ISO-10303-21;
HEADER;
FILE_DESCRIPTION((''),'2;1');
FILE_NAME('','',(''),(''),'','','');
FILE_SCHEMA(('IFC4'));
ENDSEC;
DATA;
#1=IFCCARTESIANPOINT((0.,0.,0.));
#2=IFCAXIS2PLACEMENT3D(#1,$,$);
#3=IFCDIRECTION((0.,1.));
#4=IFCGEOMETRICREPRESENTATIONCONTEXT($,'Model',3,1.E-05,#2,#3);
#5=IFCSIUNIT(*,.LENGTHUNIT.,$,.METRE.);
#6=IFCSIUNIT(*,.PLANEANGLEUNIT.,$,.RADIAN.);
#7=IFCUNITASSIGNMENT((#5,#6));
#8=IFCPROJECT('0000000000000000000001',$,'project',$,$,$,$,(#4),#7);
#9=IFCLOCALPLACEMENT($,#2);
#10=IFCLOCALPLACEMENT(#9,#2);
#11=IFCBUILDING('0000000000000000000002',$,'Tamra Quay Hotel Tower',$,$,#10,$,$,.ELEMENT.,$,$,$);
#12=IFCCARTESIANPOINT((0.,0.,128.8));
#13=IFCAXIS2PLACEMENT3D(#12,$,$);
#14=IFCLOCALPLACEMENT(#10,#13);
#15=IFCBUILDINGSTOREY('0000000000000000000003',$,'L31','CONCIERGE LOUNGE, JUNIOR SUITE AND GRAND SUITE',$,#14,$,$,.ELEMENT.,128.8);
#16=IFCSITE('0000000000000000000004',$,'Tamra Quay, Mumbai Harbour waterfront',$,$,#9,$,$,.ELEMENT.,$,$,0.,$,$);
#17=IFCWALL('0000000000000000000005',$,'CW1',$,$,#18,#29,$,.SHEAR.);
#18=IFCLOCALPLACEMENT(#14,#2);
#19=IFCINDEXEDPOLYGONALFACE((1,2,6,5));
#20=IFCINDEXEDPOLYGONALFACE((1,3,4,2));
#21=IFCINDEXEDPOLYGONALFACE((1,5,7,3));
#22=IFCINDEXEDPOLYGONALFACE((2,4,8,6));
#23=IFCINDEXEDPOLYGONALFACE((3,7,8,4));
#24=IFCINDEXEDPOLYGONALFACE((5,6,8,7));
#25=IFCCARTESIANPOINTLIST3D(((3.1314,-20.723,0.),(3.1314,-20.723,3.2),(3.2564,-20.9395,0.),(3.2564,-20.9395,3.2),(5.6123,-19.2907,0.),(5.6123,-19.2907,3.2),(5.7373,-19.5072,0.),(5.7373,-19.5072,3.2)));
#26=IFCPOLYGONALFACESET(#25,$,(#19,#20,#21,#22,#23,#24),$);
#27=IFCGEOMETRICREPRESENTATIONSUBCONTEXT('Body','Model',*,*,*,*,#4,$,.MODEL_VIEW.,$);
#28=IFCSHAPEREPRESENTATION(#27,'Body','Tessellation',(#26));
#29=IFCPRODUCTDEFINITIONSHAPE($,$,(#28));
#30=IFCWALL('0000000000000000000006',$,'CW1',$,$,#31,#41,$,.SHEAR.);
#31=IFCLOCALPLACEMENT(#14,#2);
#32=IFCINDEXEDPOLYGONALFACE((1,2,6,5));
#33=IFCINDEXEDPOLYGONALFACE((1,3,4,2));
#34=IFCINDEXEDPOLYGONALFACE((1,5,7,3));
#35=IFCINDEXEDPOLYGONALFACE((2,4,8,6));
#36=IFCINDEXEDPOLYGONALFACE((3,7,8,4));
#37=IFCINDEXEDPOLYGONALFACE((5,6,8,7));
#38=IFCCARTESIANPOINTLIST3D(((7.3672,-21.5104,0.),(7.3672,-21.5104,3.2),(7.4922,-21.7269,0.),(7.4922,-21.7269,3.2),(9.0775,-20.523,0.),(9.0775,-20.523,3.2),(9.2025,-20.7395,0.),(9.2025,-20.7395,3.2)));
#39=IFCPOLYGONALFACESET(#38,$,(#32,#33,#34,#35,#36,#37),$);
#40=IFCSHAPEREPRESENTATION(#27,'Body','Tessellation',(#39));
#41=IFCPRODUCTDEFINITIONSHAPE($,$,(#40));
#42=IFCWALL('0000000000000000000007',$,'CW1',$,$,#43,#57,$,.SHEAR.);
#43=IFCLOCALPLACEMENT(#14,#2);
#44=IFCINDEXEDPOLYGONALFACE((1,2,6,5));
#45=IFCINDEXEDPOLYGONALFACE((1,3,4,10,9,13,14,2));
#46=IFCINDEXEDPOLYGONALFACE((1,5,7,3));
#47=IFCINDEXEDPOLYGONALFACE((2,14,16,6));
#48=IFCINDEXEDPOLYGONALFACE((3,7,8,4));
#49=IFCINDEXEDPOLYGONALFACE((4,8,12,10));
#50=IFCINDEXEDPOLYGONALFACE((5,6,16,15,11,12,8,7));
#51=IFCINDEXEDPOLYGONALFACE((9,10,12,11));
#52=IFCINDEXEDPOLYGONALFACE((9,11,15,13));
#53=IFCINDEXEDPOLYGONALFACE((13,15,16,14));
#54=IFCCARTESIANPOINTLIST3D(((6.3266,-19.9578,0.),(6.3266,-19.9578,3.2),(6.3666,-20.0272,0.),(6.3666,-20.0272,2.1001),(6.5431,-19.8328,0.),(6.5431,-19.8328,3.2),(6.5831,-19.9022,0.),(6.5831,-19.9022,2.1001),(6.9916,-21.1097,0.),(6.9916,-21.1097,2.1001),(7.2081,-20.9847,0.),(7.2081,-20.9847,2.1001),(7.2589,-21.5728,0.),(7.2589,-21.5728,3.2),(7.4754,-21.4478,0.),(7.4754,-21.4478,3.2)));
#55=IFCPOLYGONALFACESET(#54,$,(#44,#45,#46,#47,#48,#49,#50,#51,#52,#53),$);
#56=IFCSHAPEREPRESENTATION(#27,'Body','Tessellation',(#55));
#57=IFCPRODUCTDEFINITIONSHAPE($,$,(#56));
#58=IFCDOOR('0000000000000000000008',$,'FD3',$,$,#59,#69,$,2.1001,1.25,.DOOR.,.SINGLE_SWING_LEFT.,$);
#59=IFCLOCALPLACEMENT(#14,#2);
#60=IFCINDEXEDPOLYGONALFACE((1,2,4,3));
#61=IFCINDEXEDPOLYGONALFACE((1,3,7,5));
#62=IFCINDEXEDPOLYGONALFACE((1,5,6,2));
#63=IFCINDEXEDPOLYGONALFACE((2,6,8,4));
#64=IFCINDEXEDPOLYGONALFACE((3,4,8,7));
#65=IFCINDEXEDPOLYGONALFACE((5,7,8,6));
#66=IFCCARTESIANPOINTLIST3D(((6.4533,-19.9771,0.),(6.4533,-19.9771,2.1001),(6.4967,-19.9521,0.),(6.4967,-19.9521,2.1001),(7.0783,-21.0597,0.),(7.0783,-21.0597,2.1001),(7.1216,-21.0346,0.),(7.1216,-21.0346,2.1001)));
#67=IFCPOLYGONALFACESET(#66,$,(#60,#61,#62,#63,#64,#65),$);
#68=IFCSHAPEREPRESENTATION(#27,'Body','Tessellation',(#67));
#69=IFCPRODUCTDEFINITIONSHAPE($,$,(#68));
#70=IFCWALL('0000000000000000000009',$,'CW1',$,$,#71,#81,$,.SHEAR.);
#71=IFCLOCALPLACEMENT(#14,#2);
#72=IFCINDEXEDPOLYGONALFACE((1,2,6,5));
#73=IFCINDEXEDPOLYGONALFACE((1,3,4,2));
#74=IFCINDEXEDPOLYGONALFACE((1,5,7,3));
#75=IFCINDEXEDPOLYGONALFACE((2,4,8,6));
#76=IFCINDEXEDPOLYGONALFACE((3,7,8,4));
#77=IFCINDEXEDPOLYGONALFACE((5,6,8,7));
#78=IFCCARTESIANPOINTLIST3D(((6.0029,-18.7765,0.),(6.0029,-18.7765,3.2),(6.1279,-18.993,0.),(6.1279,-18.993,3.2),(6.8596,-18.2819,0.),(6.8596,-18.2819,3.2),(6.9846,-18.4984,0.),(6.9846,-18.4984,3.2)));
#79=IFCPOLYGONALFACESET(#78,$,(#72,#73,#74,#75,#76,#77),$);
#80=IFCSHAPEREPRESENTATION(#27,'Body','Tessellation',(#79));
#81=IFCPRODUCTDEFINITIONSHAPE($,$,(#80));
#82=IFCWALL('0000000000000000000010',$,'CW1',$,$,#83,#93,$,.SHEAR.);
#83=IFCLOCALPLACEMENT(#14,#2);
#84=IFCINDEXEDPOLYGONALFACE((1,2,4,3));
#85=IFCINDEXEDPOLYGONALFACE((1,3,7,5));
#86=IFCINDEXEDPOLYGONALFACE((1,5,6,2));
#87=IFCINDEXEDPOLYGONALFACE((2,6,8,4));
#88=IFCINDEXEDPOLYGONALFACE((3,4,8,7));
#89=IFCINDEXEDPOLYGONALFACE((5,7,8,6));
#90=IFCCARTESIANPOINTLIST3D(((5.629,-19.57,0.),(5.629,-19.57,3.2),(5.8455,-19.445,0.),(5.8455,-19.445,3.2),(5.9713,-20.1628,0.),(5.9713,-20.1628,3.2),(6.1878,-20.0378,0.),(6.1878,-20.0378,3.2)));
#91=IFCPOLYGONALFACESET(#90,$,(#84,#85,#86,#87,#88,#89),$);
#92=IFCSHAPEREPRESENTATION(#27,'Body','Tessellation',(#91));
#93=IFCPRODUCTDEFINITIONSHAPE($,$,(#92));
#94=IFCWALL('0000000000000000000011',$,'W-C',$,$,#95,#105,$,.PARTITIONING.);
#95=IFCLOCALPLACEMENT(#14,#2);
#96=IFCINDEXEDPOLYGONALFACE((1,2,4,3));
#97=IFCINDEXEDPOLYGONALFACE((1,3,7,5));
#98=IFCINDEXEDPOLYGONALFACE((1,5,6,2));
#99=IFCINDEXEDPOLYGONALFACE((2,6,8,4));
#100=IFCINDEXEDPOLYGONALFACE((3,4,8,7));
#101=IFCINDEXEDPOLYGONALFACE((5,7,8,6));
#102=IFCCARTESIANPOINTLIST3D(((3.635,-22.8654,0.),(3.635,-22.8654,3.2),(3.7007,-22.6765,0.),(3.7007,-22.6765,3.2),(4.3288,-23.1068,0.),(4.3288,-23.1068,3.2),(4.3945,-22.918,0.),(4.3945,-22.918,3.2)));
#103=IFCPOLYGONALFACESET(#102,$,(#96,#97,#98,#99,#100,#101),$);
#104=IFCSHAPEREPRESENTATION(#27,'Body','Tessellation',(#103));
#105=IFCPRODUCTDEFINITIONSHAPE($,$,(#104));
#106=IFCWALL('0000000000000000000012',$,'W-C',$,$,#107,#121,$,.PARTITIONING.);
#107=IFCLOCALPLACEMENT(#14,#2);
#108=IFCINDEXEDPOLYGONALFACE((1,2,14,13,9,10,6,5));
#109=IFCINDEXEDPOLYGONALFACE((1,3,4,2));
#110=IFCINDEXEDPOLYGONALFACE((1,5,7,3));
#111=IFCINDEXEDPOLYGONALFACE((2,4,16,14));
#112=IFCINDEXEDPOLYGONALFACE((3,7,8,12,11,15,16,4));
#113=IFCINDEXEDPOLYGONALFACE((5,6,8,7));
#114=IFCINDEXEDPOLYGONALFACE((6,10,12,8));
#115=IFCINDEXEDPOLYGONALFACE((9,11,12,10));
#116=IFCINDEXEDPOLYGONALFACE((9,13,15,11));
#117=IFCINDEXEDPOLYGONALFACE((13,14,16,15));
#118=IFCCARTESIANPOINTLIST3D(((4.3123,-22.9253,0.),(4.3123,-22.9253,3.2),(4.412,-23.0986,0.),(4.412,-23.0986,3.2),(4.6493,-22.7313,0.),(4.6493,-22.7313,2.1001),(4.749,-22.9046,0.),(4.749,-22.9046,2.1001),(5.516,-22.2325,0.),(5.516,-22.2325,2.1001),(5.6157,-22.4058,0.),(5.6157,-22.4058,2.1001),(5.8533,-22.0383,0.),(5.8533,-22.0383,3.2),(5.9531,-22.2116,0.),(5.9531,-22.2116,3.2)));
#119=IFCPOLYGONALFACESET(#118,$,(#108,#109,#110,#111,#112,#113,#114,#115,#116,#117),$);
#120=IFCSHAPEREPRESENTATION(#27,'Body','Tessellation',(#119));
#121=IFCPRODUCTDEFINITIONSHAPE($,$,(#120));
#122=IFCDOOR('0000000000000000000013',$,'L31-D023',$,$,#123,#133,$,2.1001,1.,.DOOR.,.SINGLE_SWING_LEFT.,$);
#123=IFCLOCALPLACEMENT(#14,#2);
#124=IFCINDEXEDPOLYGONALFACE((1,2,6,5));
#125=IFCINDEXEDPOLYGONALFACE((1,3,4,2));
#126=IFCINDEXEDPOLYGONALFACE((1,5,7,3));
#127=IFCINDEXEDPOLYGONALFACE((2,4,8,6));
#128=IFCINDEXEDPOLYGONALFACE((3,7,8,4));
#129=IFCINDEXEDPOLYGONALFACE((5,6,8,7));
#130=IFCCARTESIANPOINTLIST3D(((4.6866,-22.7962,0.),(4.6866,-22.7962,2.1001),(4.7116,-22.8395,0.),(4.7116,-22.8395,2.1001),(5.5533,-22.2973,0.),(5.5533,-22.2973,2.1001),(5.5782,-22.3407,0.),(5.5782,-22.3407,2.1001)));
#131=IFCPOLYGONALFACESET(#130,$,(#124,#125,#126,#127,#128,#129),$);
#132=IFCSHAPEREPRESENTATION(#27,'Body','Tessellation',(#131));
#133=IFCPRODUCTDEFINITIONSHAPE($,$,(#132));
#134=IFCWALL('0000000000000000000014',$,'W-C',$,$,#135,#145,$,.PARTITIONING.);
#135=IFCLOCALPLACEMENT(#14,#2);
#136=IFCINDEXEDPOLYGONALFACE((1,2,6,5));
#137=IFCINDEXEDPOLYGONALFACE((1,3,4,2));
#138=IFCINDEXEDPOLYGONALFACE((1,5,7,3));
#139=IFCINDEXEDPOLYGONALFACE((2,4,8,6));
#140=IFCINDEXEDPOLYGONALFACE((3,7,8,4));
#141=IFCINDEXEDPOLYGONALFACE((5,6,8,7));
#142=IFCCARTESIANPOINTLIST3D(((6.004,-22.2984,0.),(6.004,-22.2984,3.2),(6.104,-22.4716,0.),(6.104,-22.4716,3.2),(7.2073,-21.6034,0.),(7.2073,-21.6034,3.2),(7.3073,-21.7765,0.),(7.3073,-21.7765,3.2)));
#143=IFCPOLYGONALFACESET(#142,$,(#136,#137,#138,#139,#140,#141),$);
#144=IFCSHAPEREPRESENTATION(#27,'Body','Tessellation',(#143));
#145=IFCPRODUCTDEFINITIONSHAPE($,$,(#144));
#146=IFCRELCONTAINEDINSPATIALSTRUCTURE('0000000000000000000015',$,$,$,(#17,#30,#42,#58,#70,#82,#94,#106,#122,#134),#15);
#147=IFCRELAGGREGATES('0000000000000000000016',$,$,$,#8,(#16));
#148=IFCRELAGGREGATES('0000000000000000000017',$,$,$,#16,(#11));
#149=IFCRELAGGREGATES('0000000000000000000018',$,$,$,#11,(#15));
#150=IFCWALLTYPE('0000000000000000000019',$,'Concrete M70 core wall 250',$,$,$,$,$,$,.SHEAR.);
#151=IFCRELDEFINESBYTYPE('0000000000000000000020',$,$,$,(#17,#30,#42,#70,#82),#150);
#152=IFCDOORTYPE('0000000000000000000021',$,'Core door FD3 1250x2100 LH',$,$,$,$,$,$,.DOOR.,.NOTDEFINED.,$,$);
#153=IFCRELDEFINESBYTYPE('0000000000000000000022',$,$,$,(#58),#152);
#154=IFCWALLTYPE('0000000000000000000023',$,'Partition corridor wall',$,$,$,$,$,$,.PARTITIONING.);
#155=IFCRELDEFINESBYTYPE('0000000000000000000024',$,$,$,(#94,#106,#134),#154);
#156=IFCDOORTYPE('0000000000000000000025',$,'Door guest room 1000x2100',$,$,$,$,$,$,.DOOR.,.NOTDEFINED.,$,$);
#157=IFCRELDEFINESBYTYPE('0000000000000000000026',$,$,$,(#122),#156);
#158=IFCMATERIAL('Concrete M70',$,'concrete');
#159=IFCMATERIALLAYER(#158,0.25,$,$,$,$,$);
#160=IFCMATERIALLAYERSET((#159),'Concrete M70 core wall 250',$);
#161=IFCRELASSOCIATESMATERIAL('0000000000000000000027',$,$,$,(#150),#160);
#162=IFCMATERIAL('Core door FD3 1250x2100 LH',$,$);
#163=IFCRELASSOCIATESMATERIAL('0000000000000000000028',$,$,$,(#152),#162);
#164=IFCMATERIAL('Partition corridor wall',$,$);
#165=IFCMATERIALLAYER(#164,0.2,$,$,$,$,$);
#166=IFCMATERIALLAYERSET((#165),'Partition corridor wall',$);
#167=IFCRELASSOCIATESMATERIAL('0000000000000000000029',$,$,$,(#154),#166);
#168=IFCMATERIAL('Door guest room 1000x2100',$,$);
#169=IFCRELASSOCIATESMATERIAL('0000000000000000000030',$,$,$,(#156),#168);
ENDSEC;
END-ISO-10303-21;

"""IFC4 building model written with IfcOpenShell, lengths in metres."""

from ifc_helpers import new_model, si_unit, direction, frame, frame_2d, origin, place, context, subcontext, project, spatial, rectangle, extrude, material, layer, layer_set, type_object, element, fill, save


model = new_model("IFC4")

# Units and contexts
model_context = context("Model", 3, precision=1e-05, world=origin(), true_north=direction((0.0, 1.0)))
body_context = subcontext(model_context, "Body", "Model", "MODEL_VIEW")
ifc_project = project(units=[si_unit("LENGTHUNIT", "METRE"), si_unit("PLANEANGLEUNIT", "RADIAN")], contexts=[model_context])

# Site, building, storey
site_placement = place(None, origin())
site = spatial("IfcSite", under=ifc_project, at=site_placement, Name="Tamra Quay, Mumbai Harbour waterfront", CompositionType="ELEMENT", RefElevation=0.0)
building_placement = place(site_placement, origin())
building = spatial("IfcBuilding", under=site, at=building_placement, Name="Tamra Quay Hotel Tower", CompositionType="ELEMENT")
storey_placement = place(building_placement, frame((0.0, 0.0, 128.8)))
storey = spatial("IfcBuildingStorey", under=building, at=storey_placement, Name="L31", Description="CONCIERGE LOUNGE, JUNIOR SUITE AND GRAND SUITE", CompositionType="ELEMENT", Elevation=128.8)

# Shared definitions
ifc_material_1 = material(Name="Concrete M70", Category="concrete")

# Walls
ifc_layer_1 = layer(ifc_material_1, 0.25)
ifc_layer_set_1 = layer_set([ifc_layer_1], Name="Concrete M70 core wall 250")
wall_type_1 = type_object("IfcWallType", Name="Concrete M70 core wall 250", PredefinedType="SHEAR", material=ifc_layer_set_1)
wall_1_placement = place(storey_placement, frame((5.6748, -19.3989, 0.0), z_axis=(0.0, 0.0, 1.0), x_axis=(-0.866027, -0.499998, 0.0)))
element("IfcWall", 1, at=wall_1_placement, inside=storey, type_object=wall_type_1, Name="CW1", PredefinedType="SHEAR", context=body_context, shape_type="SweptSolid", body=[
    extrude(rectangle(XDim=2.8647, YDim=0.25, at=frame_2d((1.4324, 0.0))), origin(), (0.0, 0.0, 1.0), 3.2),
])
wall_2_placement = place(storey_placement, frame((9.1399, -20.6313, 0.0), z_axis=(0.0, 0.0, 1.0), x_axis=(-0.866044, -0.499969, 0.0)))
element("IfcWall", 2, at=wall_2_placement, inside=storey, type_object=wall_type_1, Name="CW1", PredefinedType="SHEAR", context=body_context, shape_type="SweptSolid", body=[
    extrude(rectangle(XDim=1.9749, YDim=0.25, at=frame_2d((0.9873, 0.0))), origin(), (0.0, 0.0, 1.0), 3.2),
])

# Wall, opening, door
wall_3_placement = place(storey_placement, frame((7.3672, -21.5103, 0.0), z_axis=(0.0, 0.0, 1.0), x_axis=(-0.499983, 0.866035, 0.0)))
wall_3 = element("IfcWall", 3, at=wall_3_placement, inside=storey, type_object=wall_type_1, Name="CW1", PredefinedType="SHEAR", context=body_context, shape_type="SweptSolid", body=[
    extrude(rectangle(XDim=1.8647, YDim=0.25, at=frame_2d((0.9324, 0.0))), origin(), (0.0, 0.0, 1.0), 3.2),
])
opening_1_placement = place(wall_3_placement, frame((0.5347, 0.0, 0.0)))
opening_1 = element("IfcOpeningElement", 4, at=opening_1_placement, cuts=wall_3, PredefinedType="OPENING", context=body_context, shape_type="SweptSolid", body=[
    extrude(rectangle(XDim=1.25, YDim=2.1001, at=frame_2d((0.625, 1.05))), frame((0.0, 0.135, 0.0), z_axis=(0.0, -1.0, 0.0), x_axis=(1.0, 0.0, 0.0)), (0.0, 0.0, 1.0), 0.27),
])
ifc_material_2 = material(Name="Core door FD3 1250x2100 LH")
door_type_1 = type_object("IfcDoorType", Name="Core door FD3 1250x2100 LH", OperationType="NOTDEFINED", PredefinedType="DOOR", material=ifc_material_2)
door_1_placement = place(opening_1_placement, origin())
door_1 = element("IfcDoor", 5, at=door_1_placement, inside=storey, type_object=door_type_1, Name="FD3", OperationType="SINGLE_SWING_LEFT", OverallHeight=2.1001, OverallWidth=1.25, PredefinedType="DOOR", context=body_context, shape_type="SweptSolid", body=[
    extrude(rectangle(XDim=1.25, YDim=2.1001, at=frame_2d((0.625, 1.05))), frame((0.0, 0.0249, 0.0), z_axis=(0.0, -1.0, 0.0), x_axis=(1.0, 0.0, 0.0)), (0.0, 0.0, 1.0), 0.05),
])
fill(opening_1, door_1)

# Walls
wall_4_placement = place(storey_placement, frame((6.0654, -18.8848, 0.0), z_axis=(0.0, 0.0, 1.0), x_axis=(0.866017, 0.500014, 0.0)))
element("IfcWall", 6, at=wall_4_placement, inside=storey, type_object=wall_type_1, Name="CW1", PredefinedType="SHEAR", context=body_context, shape_type="SweptSolid", body=[
    extrude(rectangle(XDim=0.9893, YDim=0.25, at=frame_2d((0.4946, 0.0))), origin(), (0.0, 0.0, 1.0), 3.2),
])
wall_5_placement = place(storey_placement, frame((6.0796, -20.1003, 0.0), z_axis=(0.0, 0.0, 1.0), x_axis=(-0.500052, 0.865996, 0.0)))
element("IfcWall", 7, at=wall_5_placement, inside=storey, type_object=wall_type_1, Name="CW1", PredefinedType="SHEAR", context=body_context, shape_type="SweptSolid", body=[
    extrude(rectangle(XDim=0.6846, YDim=0.25, at=frame_2d((0.3423, 0.0))), origin(), (0.0, 0.0, 1.0), 3.2),
])
ifc_material_3 = material(Name="Partition corridor wall")
ifc_layer_2 = layer(ifc_material_3, 0.2)
ifc_layer_set_2 = layer_set([ifc_layer_2], Name="Partition corridor wall")
wall_type_2 = type_object("IfcWallType", Name="Partition corridor wall", PredefinedType="PARTITIONING", material=ifc_layer_set_2)
wall_6_placement = place(storey_placement, frame((3.668, -22.771, 0.0), z_axis=(0.0, 0.0, 1.0), x_axis=(0.944447, -0.328662, 0.0)))
element("IfcWall", 8, at=wall_6_placement, inside=storey, type_object=wall_type_2, Name="W-C", PredefinedType="PARTITIONING", context=body_context, shape_type="SweptSolid", body=[
    extrude(rectangle(XDim=0.7346, YDim=0.2, at=frame_2d((0.3672, 0.0))), origin(), (0.0, 0.0, 1.0), 3.2),
])

# Wall, opening, door
wall_7_placement = place(storey_placement, frame((4.3621, -23.012, 0.0), z_axis=(0.0, 0.0, 1.0), x_axis=(0.866693, 0.498843, 0.0)))
wall_7 = element("IfcWall", 9, at=wall_7_placement, inside=storey, type_object=wall_type_2, Name="W-C", PredefinedType="PARTITIONING", context=body_context, shape_type="SweptSolid", body=[
    extrude(rectangle(XDim=1.7781, YDim=0.2, at=frame_2d((0.8892, 0.0))), origin(), (0.0, 0.0, 1.0), 3.2),
])
opening_2_placement = place(wall_7_placement, frame((0.3889, 0.0, 0.0)))
opening_2 = element("IfcOpeningElement", 10, at=opening_2_placement, cuts=wall_7, PredefinedType="OPENING", context=body_context, shape_type="SweptSolid", body=[
    extrude(rectangle(XDim=1.0, YDim=2.1001, at=frame_2d((0.5, 1.05))), frame((0.0, 0.1099, 0.0), z_axis=(0.0, -1.0, 0.0), x_axis=(1.0, 0.0, 0.0)), (0.0, 0.0, 1.0), 0.22),
])
ifc_material_4 = material(Name="Door guest room 1000x2100")
door_type_2 = type_object("IfcDoorType", Name="Door guest room 1000x2100", OperationType="NOTDEFINED", PredefinedType="DOOR", material=ifc_material_4)
door_2_placement = place(opening_2_placement, frame((1.0, 0.0, 0.0), z_axis=(0.0, 0.0, 1.0), x_axis=(-1.0, 0.0, 0.0)))
door_2 = element("IfcDoor", 11, at=door_2_placement, inside=storey, type_object=door_type_2, Name="L31-D023", OperationType="SINGLE_SWING_LEFT", OverallHeight=2.1001, OverallWidth=1.0, PredefinedType="DOOR", context=body_context, shape_type="SweptSolid", body=[
    extrude(rectangle(XDim=1.0, YDim=2.1001, at=frame_2d((0.5, 1.05))), frame((0.0, 0.0249, 0.0), z_axis=(0.0, -1.0, 0.0), x_axis=(1.0, 0.0, 0.0)), (0.0, 0.0, 1.0), 0.05),
])
fill(opening_2, door_2)

# Wall
wall_8_placement = place(storey_placement, frame((6.054, -22.385, 0.0), z_axis=(0.0, 0.0, 1.0), x_axis=(0.865931, 0.500163, 0.0)))
element("IfcWall", 12, at=wall_8_placement, inside=storey, type_object=wall_type_2, Name="W-C", PredefinedType="PARTITIONING", context=body_context, shape_type="SweptSolid", body=[
    extrude(rectangle(XDim=1.3896, YDim=0.2, at=frame_2d((0.6948, 0.0))), origin(), (0.0, 0.0, 1.0), 3.2),
])

save(model, "model.ifc")
